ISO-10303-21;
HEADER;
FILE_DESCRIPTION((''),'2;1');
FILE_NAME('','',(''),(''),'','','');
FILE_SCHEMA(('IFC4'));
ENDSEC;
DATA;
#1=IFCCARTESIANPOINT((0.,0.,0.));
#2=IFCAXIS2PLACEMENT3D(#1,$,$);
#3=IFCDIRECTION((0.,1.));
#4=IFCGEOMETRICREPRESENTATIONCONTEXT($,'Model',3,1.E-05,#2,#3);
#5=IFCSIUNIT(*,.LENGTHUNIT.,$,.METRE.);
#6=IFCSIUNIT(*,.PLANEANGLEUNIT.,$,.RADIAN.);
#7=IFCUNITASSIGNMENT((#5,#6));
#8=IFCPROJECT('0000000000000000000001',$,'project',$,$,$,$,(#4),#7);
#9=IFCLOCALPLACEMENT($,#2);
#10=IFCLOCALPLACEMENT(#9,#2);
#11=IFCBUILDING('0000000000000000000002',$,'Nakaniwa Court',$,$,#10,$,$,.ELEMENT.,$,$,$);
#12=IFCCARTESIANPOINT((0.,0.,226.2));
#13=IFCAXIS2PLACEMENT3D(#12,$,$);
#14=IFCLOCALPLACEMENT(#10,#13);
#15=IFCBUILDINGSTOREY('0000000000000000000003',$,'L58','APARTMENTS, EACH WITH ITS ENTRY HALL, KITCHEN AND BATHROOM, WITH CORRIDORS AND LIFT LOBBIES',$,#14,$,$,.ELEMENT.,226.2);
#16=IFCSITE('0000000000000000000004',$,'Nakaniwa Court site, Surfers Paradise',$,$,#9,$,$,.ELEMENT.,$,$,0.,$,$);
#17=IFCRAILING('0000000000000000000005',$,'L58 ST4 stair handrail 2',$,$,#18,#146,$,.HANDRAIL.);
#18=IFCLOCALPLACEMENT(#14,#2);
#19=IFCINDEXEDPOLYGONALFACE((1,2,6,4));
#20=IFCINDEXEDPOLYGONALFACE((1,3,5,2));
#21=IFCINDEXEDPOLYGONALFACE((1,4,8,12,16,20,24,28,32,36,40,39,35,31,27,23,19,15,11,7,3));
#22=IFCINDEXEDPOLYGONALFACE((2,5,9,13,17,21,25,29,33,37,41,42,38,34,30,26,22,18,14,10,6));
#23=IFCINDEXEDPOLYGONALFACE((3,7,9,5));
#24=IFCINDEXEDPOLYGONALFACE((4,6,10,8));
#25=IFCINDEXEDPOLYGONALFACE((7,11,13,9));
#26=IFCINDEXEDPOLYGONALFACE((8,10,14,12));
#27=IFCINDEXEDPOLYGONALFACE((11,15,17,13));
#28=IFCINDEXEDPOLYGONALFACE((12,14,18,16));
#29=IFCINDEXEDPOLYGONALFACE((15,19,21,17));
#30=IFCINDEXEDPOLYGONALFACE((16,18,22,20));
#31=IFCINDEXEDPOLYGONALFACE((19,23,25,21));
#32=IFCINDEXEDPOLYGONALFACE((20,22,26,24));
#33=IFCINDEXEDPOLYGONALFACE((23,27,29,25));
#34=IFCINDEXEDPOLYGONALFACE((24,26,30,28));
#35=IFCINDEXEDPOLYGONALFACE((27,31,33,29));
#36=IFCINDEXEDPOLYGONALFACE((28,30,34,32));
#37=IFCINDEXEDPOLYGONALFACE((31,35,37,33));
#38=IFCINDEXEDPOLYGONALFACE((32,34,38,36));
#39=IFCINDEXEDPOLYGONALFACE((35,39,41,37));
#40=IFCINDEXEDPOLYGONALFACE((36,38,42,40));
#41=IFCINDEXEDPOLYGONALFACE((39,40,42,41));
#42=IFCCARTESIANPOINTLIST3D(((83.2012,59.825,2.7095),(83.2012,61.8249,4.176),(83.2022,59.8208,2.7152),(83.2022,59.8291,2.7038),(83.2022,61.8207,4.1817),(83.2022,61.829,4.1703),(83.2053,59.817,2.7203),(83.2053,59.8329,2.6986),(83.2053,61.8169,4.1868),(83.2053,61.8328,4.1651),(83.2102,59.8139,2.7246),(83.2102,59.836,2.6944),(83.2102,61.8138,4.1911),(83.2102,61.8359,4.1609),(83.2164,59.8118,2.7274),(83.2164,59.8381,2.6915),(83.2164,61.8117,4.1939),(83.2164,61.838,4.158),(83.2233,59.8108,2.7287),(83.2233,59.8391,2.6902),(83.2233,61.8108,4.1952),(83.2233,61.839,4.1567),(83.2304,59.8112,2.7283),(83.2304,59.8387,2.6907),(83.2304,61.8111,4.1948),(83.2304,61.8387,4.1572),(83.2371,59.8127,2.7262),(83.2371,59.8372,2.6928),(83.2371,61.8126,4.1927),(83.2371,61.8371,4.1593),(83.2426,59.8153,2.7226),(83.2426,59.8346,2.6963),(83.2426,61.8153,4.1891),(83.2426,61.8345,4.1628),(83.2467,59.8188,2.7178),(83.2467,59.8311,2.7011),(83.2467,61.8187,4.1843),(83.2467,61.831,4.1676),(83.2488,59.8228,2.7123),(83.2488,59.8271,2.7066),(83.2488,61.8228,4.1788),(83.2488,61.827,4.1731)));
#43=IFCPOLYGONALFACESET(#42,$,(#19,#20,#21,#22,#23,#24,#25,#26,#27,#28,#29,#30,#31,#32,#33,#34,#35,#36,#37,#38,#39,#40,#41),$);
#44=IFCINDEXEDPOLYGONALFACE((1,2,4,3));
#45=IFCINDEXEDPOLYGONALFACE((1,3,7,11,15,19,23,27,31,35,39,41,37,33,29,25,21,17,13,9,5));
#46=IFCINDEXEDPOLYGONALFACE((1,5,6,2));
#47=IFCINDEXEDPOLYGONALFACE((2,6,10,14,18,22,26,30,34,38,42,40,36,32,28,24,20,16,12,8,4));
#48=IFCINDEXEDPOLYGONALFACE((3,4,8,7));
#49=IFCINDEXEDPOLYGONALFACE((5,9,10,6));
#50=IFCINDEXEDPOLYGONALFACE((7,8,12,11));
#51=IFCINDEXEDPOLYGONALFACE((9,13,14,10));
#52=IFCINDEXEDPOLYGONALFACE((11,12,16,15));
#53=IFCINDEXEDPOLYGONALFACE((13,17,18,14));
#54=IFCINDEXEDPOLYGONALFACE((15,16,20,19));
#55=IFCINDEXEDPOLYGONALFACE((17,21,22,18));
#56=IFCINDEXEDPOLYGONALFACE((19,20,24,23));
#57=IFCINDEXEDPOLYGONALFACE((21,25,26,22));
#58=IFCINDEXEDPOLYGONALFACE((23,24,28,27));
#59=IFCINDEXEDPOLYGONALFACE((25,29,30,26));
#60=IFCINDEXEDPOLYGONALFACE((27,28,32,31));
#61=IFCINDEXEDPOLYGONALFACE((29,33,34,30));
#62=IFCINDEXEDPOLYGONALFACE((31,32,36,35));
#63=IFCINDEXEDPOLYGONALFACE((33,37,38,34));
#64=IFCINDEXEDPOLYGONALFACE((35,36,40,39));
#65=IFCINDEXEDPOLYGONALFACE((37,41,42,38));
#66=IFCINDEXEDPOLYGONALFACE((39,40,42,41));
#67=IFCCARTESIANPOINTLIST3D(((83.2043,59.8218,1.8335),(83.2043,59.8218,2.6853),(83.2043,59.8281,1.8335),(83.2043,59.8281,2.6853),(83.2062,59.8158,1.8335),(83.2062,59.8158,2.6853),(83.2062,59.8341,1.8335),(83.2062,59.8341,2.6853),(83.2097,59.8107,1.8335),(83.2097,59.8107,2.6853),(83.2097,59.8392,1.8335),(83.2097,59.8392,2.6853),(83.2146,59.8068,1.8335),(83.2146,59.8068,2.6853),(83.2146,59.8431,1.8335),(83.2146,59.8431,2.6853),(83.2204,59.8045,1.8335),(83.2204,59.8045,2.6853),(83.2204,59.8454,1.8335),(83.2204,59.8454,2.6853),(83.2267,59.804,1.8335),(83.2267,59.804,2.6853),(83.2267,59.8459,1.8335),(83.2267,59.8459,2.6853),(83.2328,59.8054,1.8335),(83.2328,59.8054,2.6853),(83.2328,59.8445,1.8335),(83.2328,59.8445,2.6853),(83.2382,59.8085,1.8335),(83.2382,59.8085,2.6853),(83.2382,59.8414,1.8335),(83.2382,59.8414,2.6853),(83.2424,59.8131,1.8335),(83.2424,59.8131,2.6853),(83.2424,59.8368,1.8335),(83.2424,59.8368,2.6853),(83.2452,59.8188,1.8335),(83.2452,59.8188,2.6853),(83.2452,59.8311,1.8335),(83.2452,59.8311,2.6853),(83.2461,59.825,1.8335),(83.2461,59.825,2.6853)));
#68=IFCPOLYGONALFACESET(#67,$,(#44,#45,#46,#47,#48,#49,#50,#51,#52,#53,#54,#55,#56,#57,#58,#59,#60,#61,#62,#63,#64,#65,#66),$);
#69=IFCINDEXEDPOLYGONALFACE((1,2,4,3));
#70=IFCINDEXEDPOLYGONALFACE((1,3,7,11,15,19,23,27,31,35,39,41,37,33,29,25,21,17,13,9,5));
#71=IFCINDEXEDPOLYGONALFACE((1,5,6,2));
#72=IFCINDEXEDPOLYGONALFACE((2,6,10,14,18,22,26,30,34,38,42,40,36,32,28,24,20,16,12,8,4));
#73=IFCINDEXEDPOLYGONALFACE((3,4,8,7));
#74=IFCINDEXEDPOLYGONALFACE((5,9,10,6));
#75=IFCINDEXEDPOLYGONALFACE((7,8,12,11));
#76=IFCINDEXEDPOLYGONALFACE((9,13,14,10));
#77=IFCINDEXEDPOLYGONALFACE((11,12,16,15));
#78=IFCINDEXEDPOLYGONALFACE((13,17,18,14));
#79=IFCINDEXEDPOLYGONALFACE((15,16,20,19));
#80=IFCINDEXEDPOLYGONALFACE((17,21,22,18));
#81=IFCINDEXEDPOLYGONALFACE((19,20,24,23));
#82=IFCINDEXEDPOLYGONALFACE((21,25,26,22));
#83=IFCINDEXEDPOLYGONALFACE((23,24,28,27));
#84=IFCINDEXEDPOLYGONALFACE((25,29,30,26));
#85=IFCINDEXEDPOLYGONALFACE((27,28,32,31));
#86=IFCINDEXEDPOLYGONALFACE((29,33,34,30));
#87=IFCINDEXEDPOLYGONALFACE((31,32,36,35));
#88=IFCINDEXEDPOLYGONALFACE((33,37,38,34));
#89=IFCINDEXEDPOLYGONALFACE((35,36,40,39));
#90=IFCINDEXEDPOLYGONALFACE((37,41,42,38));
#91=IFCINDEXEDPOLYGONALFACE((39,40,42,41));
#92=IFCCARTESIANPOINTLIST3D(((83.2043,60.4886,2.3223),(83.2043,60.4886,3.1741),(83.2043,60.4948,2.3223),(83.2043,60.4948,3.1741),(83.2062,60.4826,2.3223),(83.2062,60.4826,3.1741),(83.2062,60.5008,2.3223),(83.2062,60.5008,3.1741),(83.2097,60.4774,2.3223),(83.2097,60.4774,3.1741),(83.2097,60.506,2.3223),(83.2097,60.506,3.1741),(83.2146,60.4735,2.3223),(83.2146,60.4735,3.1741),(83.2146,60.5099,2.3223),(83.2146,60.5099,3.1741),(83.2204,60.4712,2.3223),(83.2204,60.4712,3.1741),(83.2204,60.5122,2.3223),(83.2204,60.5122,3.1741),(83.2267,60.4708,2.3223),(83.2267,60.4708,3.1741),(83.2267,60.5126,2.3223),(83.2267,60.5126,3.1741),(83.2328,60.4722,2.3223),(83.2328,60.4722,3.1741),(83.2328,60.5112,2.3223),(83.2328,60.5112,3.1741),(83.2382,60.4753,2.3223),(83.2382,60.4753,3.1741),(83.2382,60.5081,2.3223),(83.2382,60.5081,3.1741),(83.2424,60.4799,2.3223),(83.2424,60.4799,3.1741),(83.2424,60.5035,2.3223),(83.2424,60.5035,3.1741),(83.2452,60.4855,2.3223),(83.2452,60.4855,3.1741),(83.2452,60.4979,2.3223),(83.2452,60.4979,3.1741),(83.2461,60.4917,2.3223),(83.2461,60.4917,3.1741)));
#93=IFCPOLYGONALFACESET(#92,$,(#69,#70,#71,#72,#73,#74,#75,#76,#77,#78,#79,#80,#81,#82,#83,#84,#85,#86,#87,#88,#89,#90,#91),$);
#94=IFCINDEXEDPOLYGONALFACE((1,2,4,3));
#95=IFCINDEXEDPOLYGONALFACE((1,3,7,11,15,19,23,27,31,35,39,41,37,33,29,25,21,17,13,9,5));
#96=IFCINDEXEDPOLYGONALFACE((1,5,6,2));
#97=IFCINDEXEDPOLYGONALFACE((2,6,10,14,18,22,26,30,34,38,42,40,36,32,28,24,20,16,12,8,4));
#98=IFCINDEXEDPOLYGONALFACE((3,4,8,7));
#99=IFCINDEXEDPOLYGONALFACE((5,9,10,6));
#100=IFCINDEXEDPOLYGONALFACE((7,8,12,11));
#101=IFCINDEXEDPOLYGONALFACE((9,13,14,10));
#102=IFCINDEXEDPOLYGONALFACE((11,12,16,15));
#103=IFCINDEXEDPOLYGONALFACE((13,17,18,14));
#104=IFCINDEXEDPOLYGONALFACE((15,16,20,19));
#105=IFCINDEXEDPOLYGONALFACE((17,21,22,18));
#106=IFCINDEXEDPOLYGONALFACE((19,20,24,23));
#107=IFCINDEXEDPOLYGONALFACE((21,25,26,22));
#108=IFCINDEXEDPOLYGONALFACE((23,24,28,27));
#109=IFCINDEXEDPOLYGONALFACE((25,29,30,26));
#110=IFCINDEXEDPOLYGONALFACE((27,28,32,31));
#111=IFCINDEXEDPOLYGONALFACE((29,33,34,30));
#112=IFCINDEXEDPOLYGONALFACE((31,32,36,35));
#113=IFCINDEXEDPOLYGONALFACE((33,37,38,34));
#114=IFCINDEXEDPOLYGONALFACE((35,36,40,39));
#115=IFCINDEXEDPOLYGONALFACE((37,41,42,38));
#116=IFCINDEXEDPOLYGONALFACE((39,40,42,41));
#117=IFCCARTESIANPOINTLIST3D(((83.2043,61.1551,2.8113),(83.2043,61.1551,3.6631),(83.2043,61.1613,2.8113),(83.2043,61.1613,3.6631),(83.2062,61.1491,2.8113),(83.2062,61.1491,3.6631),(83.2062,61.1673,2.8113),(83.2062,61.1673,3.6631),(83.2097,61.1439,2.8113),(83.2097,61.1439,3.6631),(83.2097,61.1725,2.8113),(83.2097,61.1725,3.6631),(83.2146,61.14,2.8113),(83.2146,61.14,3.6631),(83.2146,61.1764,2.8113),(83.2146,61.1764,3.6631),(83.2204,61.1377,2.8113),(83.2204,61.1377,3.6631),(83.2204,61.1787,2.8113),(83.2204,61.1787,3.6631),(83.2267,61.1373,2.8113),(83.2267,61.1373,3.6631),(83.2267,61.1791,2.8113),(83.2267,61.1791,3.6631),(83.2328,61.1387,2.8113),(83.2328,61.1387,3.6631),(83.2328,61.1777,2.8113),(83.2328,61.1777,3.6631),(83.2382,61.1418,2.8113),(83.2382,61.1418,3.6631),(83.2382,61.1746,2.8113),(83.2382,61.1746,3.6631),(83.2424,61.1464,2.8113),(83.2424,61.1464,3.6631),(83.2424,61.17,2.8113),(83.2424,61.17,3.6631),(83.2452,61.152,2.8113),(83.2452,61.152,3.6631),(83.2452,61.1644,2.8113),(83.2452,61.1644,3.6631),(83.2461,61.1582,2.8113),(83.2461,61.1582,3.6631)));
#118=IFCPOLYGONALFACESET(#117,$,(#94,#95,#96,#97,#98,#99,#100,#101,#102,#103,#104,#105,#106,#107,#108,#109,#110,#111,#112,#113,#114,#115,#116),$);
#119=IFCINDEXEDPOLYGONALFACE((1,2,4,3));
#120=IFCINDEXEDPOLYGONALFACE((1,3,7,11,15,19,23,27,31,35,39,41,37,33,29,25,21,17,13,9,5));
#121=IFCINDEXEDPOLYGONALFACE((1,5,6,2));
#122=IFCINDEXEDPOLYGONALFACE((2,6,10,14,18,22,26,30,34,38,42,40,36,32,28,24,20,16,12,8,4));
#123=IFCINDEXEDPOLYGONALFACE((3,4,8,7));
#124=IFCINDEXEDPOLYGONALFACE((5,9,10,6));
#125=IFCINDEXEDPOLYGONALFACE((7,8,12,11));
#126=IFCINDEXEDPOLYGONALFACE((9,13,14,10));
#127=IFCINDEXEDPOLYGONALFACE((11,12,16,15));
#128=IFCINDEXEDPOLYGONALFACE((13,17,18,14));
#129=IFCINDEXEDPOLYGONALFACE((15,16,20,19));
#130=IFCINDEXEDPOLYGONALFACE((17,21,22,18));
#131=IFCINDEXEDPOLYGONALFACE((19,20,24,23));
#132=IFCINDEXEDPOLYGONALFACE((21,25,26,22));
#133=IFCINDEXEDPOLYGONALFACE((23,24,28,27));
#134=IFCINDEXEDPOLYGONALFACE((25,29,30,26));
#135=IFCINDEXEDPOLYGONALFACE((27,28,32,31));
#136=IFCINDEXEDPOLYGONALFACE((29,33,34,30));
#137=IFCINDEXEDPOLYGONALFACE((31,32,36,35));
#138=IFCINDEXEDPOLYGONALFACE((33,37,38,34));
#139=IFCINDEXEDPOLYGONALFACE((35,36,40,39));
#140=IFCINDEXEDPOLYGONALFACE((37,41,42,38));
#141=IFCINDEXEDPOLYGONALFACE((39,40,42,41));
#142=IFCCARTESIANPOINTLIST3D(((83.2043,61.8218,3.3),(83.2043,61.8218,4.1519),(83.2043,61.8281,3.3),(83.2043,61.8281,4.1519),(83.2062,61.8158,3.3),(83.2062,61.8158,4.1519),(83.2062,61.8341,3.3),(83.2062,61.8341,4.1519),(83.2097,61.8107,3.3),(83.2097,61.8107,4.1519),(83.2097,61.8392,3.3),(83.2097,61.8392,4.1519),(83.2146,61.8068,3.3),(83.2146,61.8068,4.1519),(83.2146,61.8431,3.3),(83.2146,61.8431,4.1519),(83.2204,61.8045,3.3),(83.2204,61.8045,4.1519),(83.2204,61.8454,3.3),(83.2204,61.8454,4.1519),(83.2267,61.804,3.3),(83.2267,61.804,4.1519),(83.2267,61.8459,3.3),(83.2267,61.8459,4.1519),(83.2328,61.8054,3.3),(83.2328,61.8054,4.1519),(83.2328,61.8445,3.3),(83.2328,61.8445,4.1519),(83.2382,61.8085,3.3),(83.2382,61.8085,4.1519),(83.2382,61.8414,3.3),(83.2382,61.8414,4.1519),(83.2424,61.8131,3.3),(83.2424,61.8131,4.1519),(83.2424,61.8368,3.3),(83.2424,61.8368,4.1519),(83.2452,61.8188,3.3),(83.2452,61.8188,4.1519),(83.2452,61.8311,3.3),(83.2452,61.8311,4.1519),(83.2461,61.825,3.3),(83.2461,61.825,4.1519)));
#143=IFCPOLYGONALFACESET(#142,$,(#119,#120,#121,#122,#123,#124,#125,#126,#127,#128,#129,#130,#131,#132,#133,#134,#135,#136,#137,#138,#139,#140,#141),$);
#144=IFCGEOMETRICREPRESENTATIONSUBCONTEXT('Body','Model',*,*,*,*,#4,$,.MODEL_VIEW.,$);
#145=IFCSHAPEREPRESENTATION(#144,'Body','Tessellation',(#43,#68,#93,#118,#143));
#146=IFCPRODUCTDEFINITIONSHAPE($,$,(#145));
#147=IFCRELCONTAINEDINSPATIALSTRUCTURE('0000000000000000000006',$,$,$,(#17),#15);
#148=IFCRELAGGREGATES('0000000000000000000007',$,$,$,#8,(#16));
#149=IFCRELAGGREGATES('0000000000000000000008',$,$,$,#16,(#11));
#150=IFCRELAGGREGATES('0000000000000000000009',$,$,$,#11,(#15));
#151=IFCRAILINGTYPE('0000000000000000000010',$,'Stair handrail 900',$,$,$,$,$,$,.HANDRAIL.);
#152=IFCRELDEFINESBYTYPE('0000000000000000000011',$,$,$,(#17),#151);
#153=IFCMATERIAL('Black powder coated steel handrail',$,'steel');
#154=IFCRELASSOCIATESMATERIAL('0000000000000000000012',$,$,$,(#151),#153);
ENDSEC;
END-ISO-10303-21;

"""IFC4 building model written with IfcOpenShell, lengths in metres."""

from ifc_helpers import new_model, si_unit, direction, frame, origin, origin_2d, place, context, subcontext, project, spatial, circle, extrude, material, type_object, element, save


model = new_model("IFC4")

# Units and contexts
model_context = context("Model", 3, precision=1e-05, world=origin(), true_north=direction((0.0, 1.0)))
body_context = subcontext(model_context, "Body", "Model", "MODEL_VIEW")
ifc_project = project(units=[si_unit("LENGTHUNIT", "METRE"), si_unit("PLANEANGLEUNIT", "RADIAN")], contexts=[model_context])

# Site, building, storey
site_placement = place(None, origin())
site = spatial("IfcSite", under=ifc_project, at=site_placement, Name="Nakaniwa Court site, Surfers Paradise", CompositionType="ELEMENT", RefElevation=0.0)
building_placement = place(site_placement, origin())
building = spatial("IfcBuilding", under=site, at=building_placement, Name="Nakaniwa Court", CompositionType="ELEMENT")
storey_placement = place(building_placement, frame((0.0, 0.0, 226.2)))
storey = spatial("IfcBuildingStorey", under=building, at=storey_placement, Name="L58", Description="APARTMENTS, EACH WITH ITS ENTRY HALL, KITCHEN AND BATHROOM, WITH CORRIDORS AND LIFT LOBBIES", CompositionType="ELEMENT", Elevation=226.2)

# Railing
ifc_material_1 = material(Name="Black powder coated steel handrail", Category="steel")
railing_type_1 = type_object("IfcRailingType", Name="Stair handrail 900", PredefinedType="HANDRAIL", material=ifc_material_1)
railing_1_placement = place(storey_placement, frame((83.2251, 59.825, 1.8335)))
element("IfcRailing", 1, at=railing_1_placement, inside=storey, type_object=railing_type_1, Name="L58 ST4 stair handrail 2", PredefinedType="HANDRAIL", context=body_context, shape_type="SweptSolid", body=[
    extrude(circle(Radius=0.0239, at=origin_2d()), frame((0.0, 0.0, 0.876), z_axis=(0.0, 0.806427, 0.591334), x_axis=(-1.0, 0.0, 0.0)), (0.0, 0.0, 1.0), 2.48),
    extrude(circle(Radius=0.021, at=origin_2d()), origin(), (0.0, 0.0, 1.0), 0.8518),
    extrude(circle(Radius=0.021, at=origin_2d()), frame((0.0, 0.6667, 0.4888)), (0.0, 0.0, 1.0), 0.8518),
    extrude(circle(Radius=0.021, at=origin_2d()), frame((0.0, 1.3333, 0.9778)), (0.0, 0.0, 1.0), 0.8518),
    extrude(circle(Radius=0.021, at=origin_2d()), frame((0.0, 2.0, 1.4666)), (0.0, 0.0, 1.0), 0.8518),
])

save(model, "model.ifc")
